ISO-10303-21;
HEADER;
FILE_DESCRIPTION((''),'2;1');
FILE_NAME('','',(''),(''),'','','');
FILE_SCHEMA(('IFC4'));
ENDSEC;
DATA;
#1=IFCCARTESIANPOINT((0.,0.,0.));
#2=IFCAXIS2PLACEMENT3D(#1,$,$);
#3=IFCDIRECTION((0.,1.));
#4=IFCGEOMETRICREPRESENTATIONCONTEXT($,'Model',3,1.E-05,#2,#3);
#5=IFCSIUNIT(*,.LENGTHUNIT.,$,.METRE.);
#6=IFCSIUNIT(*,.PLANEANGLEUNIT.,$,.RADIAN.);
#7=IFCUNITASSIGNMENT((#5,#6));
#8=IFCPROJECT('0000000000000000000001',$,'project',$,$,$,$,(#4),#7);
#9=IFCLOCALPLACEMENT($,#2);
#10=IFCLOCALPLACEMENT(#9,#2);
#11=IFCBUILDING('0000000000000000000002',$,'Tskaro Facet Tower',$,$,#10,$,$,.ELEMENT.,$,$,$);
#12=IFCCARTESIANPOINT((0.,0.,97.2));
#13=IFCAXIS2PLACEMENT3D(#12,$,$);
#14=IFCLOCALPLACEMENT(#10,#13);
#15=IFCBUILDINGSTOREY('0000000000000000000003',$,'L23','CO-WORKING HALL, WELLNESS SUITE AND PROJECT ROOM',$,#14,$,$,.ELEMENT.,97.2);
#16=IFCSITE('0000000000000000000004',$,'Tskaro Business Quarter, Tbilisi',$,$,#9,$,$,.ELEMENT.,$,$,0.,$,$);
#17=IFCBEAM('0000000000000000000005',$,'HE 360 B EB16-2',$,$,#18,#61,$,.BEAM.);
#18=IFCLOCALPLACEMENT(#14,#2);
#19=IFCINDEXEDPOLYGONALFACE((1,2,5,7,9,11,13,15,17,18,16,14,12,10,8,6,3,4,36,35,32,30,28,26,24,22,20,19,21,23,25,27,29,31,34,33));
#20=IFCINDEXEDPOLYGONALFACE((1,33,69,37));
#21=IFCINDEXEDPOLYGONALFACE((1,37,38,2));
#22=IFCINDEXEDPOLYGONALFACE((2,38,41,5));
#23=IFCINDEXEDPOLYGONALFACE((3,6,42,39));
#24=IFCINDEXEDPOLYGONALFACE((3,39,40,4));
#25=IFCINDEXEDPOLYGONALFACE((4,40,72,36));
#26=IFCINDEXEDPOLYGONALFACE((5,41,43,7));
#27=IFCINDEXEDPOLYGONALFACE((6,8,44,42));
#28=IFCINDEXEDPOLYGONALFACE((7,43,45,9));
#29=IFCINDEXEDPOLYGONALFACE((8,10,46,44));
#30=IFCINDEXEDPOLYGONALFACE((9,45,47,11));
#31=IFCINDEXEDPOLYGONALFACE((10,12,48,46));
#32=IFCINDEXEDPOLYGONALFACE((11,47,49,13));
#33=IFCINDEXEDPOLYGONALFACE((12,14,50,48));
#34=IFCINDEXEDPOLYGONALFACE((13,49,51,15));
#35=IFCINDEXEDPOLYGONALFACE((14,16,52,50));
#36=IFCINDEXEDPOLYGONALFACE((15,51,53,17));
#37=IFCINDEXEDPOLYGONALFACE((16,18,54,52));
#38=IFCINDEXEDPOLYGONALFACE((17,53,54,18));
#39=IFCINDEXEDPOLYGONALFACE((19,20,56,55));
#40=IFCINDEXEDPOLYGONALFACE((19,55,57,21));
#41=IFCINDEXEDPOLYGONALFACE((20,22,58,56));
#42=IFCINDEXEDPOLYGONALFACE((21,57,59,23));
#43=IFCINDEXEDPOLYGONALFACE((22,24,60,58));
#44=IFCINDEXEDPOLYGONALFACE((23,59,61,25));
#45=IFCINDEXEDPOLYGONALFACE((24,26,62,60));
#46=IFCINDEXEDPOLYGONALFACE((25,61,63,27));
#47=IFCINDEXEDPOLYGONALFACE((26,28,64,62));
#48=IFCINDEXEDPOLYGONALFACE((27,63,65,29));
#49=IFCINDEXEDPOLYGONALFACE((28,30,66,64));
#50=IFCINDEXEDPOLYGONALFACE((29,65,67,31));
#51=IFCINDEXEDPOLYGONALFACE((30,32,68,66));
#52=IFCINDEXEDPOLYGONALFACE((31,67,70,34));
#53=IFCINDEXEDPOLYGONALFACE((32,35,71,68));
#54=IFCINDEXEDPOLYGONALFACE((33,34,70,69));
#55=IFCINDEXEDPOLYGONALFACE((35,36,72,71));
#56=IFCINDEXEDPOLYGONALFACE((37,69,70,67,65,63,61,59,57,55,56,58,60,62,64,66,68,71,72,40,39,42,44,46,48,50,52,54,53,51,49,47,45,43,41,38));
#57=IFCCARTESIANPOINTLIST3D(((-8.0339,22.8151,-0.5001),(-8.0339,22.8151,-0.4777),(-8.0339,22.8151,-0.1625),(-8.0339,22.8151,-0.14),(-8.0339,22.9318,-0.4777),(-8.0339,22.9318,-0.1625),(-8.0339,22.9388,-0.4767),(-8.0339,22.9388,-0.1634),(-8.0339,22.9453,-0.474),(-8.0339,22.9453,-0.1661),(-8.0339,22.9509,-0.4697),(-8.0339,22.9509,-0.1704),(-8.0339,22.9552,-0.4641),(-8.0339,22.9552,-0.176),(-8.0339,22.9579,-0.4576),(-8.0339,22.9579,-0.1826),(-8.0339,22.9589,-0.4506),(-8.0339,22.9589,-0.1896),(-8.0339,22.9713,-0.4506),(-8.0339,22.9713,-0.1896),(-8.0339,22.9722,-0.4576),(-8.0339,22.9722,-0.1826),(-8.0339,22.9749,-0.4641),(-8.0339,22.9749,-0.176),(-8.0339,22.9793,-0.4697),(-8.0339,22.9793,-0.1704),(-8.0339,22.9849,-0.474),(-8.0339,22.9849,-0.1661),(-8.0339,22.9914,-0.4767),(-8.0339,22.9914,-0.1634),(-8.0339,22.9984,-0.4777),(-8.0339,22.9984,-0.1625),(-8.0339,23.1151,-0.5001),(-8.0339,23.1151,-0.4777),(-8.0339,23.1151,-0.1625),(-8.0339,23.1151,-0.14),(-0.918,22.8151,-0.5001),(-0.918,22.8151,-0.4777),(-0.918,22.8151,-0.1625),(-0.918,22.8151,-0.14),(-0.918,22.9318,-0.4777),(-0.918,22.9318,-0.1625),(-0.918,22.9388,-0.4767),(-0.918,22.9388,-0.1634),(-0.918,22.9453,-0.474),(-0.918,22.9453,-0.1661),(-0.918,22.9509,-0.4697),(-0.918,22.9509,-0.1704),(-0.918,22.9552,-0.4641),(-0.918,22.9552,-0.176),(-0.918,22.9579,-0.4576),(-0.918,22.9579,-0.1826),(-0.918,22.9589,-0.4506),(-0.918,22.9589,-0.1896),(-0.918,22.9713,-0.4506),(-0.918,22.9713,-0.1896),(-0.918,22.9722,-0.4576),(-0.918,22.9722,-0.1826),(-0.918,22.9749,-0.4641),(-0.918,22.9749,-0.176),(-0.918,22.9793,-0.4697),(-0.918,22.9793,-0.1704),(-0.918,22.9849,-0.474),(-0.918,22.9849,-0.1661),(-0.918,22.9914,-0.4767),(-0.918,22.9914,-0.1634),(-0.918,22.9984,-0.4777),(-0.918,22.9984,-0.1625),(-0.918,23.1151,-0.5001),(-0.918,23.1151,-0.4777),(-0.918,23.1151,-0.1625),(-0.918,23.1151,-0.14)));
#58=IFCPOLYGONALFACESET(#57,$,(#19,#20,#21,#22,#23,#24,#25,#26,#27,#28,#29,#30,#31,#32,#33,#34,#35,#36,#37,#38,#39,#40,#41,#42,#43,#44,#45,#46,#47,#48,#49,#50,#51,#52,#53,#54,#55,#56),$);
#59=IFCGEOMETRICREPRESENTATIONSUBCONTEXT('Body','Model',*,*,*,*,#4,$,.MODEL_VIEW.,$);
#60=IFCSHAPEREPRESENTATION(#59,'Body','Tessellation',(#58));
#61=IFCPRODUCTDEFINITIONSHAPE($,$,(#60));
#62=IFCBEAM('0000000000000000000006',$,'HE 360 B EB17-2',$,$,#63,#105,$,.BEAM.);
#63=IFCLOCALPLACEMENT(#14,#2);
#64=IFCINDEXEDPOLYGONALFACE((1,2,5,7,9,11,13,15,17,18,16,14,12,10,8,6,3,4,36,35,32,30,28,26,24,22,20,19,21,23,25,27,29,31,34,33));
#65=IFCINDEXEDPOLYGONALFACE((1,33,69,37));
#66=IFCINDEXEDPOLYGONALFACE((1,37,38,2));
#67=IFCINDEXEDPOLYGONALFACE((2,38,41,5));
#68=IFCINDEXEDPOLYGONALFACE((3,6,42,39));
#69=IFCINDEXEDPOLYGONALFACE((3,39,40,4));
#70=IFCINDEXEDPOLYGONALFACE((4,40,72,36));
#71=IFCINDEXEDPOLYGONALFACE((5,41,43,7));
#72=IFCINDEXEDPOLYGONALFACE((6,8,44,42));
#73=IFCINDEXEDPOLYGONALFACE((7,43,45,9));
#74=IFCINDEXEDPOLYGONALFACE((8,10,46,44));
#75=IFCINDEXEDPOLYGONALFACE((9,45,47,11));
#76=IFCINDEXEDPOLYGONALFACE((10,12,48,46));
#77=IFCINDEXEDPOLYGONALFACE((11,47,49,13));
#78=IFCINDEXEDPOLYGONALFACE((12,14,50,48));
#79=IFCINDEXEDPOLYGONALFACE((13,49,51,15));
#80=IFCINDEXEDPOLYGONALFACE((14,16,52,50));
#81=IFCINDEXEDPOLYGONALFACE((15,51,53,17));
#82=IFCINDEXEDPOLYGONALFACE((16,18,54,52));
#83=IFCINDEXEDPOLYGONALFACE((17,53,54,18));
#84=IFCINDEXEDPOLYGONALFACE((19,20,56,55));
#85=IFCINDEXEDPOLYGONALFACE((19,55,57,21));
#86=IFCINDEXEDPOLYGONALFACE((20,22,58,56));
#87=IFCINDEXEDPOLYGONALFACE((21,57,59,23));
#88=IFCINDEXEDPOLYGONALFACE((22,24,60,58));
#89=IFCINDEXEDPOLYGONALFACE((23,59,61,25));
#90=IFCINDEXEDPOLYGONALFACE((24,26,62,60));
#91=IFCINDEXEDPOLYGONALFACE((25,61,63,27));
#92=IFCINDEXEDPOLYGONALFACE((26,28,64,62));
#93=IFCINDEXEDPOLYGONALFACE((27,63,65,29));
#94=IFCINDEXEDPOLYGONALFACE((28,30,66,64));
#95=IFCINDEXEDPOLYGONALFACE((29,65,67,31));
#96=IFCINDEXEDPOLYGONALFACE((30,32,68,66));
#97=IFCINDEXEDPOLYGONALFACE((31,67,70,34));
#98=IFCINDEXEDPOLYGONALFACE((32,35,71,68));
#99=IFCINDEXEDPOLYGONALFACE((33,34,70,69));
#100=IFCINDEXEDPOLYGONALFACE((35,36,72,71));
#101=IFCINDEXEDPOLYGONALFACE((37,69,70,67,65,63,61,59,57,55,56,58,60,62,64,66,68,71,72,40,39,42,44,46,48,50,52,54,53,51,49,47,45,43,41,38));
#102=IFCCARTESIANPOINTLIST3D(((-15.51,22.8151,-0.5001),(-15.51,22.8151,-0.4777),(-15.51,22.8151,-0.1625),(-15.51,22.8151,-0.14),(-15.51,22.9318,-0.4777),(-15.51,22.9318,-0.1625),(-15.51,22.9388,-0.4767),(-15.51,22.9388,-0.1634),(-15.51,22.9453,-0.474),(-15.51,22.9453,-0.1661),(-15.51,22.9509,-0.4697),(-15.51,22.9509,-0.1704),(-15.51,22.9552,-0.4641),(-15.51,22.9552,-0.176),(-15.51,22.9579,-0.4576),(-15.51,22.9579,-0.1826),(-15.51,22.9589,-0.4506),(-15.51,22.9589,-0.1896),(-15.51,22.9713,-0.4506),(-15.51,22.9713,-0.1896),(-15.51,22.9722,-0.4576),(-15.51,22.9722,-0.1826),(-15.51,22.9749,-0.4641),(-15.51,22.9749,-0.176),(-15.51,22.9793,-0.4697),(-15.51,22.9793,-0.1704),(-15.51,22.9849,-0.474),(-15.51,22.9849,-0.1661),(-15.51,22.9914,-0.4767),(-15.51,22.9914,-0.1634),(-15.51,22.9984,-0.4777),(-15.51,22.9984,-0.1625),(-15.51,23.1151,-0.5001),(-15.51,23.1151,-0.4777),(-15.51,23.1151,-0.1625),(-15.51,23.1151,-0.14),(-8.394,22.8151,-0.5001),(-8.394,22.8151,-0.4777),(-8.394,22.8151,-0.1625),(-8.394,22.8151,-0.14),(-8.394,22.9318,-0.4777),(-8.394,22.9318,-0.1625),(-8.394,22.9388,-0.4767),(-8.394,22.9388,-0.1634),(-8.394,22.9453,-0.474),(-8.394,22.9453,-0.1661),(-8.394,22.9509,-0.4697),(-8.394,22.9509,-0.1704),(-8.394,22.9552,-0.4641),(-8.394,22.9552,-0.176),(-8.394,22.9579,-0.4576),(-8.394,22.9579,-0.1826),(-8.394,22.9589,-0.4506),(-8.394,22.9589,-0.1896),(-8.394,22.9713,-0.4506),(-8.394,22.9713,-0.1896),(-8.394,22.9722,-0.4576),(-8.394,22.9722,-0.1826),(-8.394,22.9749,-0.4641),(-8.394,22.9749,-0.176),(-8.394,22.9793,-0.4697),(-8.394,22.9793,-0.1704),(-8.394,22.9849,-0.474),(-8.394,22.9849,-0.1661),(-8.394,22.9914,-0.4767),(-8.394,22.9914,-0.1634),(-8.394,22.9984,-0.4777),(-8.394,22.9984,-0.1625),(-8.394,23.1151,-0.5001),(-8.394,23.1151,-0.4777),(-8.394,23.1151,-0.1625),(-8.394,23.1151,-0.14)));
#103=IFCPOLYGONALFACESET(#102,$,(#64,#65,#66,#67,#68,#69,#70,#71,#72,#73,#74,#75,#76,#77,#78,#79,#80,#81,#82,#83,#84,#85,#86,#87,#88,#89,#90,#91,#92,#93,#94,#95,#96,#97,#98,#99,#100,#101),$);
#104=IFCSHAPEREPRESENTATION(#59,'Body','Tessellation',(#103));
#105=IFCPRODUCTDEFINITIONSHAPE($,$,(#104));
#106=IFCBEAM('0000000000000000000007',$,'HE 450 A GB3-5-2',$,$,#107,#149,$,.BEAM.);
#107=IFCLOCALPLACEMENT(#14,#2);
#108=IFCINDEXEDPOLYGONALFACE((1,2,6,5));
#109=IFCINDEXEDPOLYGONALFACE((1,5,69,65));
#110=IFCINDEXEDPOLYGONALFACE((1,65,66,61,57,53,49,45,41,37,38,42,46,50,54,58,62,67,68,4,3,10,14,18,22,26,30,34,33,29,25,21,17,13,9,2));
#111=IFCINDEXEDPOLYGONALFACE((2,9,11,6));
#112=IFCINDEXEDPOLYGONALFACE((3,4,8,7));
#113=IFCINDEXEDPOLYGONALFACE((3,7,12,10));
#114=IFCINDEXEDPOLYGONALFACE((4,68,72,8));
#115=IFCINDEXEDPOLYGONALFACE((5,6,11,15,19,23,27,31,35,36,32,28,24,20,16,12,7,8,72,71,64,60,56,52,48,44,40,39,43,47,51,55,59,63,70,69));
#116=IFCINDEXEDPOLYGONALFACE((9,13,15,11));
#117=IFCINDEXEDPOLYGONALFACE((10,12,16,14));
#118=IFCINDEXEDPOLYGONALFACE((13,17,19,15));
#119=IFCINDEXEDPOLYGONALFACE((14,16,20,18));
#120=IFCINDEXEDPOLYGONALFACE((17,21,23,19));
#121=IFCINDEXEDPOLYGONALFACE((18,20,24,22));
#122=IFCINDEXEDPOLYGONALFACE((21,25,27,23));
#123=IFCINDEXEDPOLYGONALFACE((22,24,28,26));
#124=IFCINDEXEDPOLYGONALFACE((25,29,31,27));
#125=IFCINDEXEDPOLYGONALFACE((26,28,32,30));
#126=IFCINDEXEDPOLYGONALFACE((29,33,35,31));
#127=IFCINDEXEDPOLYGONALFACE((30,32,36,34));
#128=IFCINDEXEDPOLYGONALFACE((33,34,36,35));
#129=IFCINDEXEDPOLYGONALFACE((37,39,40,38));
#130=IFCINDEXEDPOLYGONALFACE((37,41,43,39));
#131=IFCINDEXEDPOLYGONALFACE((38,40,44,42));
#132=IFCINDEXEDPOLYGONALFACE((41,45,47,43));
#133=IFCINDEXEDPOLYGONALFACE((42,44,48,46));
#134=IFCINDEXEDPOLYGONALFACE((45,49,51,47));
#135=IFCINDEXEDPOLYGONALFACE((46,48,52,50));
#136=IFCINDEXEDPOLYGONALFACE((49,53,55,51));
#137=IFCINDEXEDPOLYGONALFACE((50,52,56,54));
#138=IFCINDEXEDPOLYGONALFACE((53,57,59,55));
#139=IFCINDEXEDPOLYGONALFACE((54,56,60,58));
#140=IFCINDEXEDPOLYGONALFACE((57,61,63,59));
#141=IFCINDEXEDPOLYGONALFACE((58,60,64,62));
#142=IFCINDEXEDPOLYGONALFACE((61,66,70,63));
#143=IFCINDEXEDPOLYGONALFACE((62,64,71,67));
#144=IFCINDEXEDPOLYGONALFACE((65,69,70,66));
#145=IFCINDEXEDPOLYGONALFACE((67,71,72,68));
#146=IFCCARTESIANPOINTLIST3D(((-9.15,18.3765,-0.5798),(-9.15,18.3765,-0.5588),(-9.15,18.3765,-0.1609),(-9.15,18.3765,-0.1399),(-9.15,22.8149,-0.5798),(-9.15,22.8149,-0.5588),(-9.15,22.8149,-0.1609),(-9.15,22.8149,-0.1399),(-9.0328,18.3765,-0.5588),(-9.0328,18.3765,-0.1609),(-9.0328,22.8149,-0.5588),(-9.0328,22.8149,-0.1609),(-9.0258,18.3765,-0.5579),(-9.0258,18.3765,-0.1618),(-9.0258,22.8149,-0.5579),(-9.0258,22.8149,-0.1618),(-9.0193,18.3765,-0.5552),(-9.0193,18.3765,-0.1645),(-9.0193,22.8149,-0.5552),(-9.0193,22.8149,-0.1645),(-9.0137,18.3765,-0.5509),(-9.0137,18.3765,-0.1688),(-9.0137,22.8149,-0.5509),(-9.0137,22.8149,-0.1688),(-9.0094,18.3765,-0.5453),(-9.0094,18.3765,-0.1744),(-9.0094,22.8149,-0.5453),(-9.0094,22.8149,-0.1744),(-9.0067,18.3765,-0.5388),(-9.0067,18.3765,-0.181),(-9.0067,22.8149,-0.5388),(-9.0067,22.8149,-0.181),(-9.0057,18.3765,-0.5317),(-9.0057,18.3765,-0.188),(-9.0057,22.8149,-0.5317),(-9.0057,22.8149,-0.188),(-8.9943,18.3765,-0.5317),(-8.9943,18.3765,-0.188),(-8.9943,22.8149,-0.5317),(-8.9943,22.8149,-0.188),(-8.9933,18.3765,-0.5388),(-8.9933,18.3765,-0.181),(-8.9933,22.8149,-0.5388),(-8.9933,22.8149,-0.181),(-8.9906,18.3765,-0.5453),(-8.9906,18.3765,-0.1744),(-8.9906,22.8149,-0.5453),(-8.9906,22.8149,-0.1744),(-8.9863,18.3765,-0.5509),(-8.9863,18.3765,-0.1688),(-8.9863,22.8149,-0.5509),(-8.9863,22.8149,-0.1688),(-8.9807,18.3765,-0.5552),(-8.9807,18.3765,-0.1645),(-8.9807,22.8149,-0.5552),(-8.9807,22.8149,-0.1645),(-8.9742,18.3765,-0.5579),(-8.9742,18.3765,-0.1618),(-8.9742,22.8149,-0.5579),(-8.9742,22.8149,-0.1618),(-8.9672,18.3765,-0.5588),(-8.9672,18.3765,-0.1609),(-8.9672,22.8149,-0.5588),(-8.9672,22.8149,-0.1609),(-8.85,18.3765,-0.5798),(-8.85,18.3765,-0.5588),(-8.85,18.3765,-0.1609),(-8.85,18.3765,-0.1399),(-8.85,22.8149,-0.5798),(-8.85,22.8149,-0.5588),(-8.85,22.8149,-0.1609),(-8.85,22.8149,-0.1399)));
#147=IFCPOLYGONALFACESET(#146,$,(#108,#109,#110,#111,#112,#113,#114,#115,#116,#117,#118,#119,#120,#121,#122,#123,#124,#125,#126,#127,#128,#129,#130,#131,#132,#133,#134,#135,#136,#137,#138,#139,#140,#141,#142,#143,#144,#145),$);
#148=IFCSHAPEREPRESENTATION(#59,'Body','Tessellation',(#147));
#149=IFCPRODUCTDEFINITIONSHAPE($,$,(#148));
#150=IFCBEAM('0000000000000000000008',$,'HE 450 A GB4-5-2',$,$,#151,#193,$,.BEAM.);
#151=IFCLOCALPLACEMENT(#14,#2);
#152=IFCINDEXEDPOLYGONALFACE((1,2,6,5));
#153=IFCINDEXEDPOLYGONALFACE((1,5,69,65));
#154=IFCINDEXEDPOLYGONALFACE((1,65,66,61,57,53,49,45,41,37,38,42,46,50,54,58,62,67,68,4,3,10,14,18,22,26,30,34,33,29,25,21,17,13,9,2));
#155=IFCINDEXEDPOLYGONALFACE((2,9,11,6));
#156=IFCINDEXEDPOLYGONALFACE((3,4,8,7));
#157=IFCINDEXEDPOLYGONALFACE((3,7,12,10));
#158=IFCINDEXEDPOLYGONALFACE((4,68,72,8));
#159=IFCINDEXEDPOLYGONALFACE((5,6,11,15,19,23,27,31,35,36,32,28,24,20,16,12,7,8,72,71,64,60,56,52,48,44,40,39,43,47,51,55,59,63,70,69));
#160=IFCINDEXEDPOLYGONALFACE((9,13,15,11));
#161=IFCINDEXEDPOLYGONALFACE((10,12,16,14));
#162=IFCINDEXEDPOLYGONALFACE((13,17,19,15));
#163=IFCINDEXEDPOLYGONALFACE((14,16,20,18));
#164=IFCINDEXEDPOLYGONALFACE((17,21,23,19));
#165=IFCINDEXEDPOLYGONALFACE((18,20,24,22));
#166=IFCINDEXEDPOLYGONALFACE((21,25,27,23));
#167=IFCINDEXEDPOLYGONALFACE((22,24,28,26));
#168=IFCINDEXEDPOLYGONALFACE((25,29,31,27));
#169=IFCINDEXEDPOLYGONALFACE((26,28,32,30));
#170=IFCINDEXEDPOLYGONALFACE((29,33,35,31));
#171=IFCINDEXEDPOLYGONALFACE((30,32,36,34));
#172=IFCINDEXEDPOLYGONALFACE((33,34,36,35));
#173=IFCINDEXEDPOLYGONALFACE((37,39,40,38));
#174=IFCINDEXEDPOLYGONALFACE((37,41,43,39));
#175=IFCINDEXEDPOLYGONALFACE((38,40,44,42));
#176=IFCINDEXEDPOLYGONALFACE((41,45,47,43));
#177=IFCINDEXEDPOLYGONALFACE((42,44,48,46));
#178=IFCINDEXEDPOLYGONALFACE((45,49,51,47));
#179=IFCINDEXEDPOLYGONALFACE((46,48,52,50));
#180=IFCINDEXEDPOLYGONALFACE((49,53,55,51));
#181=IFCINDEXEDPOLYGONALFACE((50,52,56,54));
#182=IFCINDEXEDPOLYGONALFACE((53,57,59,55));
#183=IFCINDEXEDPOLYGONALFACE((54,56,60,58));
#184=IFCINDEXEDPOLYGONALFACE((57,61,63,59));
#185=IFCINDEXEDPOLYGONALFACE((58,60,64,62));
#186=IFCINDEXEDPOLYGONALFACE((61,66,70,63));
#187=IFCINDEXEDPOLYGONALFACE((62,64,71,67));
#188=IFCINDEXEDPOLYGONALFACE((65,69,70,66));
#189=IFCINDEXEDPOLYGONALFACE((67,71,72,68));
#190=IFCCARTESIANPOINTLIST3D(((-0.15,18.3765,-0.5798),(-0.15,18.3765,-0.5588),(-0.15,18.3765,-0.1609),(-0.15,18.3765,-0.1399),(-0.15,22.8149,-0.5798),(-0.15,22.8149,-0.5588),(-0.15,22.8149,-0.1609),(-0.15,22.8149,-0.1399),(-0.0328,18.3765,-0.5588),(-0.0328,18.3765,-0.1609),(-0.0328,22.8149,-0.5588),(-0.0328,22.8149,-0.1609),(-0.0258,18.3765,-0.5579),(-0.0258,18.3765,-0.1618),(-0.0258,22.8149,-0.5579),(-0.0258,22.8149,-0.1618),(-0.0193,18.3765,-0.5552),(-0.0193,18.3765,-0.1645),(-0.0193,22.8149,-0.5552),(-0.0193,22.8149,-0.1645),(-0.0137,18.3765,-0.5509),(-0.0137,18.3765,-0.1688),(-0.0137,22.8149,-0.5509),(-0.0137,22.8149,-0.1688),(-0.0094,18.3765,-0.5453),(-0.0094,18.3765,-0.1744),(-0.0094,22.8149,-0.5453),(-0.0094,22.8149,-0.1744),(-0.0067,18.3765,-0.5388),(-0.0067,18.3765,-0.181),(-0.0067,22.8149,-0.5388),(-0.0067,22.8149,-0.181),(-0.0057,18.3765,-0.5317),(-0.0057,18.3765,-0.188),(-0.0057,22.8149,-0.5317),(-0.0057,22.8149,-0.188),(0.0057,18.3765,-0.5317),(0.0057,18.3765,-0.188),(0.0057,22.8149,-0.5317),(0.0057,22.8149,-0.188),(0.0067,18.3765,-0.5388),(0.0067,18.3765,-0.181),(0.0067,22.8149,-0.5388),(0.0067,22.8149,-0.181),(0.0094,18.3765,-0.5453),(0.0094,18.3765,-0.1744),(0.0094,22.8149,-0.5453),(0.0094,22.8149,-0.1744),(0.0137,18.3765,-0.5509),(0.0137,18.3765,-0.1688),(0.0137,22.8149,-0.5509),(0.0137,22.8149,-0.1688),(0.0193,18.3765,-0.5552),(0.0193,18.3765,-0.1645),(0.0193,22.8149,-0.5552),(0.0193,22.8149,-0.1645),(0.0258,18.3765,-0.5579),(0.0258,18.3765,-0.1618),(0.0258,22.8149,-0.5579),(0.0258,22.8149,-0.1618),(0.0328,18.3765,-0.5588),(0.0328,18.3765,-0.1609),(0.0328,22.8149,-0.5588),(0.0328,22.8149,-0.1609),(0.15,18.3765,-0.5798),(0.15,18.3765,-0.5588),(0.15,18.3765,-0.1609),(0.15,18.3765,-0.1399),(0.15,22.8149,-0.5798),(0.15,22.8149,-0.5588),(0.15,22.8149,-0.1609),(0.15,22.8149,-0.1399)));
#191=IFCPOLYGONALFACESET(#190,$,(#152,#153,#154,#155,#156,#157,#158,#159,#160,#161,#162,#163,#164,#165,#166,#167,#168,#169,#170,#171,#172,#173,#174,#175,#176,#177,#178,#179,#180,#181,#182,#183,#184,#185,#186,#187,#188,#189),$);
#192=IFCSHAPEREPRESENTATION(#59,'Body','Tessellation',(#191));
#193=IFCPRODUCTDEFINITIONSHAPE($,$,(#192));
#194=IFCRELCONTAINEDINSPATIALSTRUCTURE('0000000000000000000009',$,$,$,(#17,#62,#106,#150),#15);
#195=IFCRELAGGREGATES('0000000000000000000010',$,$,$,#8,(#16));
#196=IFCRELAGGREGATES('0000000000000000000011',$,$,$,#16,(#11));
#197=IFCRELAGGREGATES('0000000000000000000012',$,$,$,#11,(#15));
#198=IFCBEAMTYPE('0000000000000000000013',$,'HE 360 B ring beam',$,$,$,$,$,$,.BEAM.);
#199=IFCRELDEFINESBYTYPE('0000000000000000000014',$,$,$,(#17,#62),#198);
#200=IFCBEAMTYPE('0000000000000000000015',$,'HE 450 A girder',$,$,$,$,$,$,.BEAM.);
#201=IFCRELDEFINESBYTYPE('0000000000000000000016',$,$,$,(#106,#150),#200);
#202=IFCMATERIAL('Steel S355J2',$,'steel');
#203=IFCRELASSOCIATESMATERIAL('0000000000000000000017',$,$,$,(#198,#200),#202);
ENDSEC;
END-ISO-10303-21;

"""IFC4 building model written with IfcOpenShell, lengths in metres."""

from ifc_helpers import new_model, si_unit, direction, frame, origin, origin_2d, place, context, subcontext, project, spatial, i_section, extrude, material, material_profile, profile_set, type_object, element, save


model = new_model("IFC4")

# Units and contexts
model_context = context("Model", 3, precision=1e-05, world=origin(), true_north=direction((0.0, 1.0)))
body_context = subcontext(model_context, "Body", "Model", "MODEL_VIEW")
ifc_project = project(units=[si_unit("LENGTHUNIT", "METRE"), si_unit("PLANEANGLEUNIT", "RADIAN")], contexts=[model_context])

# Site, building, storey
site_placement = place(None, origin())
site = spatial("IfcSite", under=ifc_project, at=site_placement, Name="Tskaro Business Quarter, Tbilisi", CompositionType="ELEMENT", RefElevation=0.0)
building_placement = place(site_placement, origin())
building = spatial("IfcBuilding", under=site, at=building_placement, Name="Tskaro Facet Tower", CompositionType="ELEMENT")
storey_placement = place(building_placement, frame((0.0, 0.0, 97.2)))
storey = spatial("IfcBuildingStorey", under=building, at=storey_placement, Name="L23", Description="CO-WORKING HALL, WELLNESS SUITE AND PROJECT ROOM", CompositionType="ELEMENT", Elevation=97.2)

# Beams
ifc_material_1 = material(Name="Steel S355J2", Category="steel")
ifc_material_profile_1 = material_profile(ifc_material_1, i_section(OverallWidth=0.3, OverallDepth=0.3601, WebThickness=0.0125, FlangeThickness=0.0225, FilletRadius=0.0271, at=origin_2d()), Name="HE 360 B")
ifc_profile_set_1 = profile_set([ifc_material_profile_1], Name="Steel S355J2")
beam_type_1 = type_object("IfcBeamType", Name="HE 360 B ring beam", PredefinedType="BEAM", material=ifc_profile_set_1)
for number, where, z_axis, x_axis, name in (
    (1, (-0.918, 22.9651, -0.3201), (-1.0, 0.0, 0.0), (0.0, -1.0, 0.0), "HE 360 B EB16-2"),
    (2, (-8.394, 22.9651, -0.3201), (-1.0, 0.0, 0.0), (0.0, -1.0, 0.0), "HE 360 B EB17-2"),
):
    element("IfcBeam", number, at=place(storey_placement, frame(where, z_axis=z_axis, x_axis=x_axis)), inside=storey, type_object=beam_type_1, Name=name, PredefinedType="BEAM", context=body_context, shape_type="SweptSolid", body=[
        extrude(i_section(OverallWidth=0.3, OverallDepth=0.3601, WebThickness=0.0125, FlangeThickness=0.0225, FilletRadius=0.0271, at=origin_2d()), origin(), (0.0, 0.0, 1.0), 7.116),
    ])
ifc_material_profile_2 = material_profile(ifc_material_1, i_section(OverallWidth=0.3, OverallDepth=0.4399, WebThickness=0.0115, FlangeThickness=0.021, FilletRadius=0.0271, at=origin_2d()), Name="HE 450 A")
ifc_profile_set_2 = profile_set([ifc_material_profile_2], Name="Steel S355J2")
beam_type_2 = type_object("IfcBeamType", Name="HE 450 A girder", PredefinedType="BEAM", material=ifc_profile_set_2)
for number, where, z_axis, x_axis, name in (
    (3, (-9.0, 18.3765, -0.3599), (0.0, 1.0, 0.0), (-1.0, 0.0, 0.0), "HE 450 A GB3-5-2"),
    (4, (0.0, 18.3765, -0.3599), (0.0, 1.0, 0.0), (-1.0, 0.0, 0.0), "HE 450 A GB4-5-2"),
):
    element("IfcBeam", number, at=place(storey_placement, frame(where, z_axis=z_axis, x_axis=x_axis)), inside=storey, type_object=beam_type_2, Name=name, PredefinedType="BEAM", context=body_context, shape_type="SweptSolid", body=[
        extrude(i_section(OverallWidth=0.3, OverallDepth=0.4399, WebThickness=0.0115, FlangeThickness=0.021, FilletRadius=0.0271, at=origin_2d()), origin(), (0.0, 0.0, 1.0), 4.4385),
    ])

save(model, "model.ifc")
